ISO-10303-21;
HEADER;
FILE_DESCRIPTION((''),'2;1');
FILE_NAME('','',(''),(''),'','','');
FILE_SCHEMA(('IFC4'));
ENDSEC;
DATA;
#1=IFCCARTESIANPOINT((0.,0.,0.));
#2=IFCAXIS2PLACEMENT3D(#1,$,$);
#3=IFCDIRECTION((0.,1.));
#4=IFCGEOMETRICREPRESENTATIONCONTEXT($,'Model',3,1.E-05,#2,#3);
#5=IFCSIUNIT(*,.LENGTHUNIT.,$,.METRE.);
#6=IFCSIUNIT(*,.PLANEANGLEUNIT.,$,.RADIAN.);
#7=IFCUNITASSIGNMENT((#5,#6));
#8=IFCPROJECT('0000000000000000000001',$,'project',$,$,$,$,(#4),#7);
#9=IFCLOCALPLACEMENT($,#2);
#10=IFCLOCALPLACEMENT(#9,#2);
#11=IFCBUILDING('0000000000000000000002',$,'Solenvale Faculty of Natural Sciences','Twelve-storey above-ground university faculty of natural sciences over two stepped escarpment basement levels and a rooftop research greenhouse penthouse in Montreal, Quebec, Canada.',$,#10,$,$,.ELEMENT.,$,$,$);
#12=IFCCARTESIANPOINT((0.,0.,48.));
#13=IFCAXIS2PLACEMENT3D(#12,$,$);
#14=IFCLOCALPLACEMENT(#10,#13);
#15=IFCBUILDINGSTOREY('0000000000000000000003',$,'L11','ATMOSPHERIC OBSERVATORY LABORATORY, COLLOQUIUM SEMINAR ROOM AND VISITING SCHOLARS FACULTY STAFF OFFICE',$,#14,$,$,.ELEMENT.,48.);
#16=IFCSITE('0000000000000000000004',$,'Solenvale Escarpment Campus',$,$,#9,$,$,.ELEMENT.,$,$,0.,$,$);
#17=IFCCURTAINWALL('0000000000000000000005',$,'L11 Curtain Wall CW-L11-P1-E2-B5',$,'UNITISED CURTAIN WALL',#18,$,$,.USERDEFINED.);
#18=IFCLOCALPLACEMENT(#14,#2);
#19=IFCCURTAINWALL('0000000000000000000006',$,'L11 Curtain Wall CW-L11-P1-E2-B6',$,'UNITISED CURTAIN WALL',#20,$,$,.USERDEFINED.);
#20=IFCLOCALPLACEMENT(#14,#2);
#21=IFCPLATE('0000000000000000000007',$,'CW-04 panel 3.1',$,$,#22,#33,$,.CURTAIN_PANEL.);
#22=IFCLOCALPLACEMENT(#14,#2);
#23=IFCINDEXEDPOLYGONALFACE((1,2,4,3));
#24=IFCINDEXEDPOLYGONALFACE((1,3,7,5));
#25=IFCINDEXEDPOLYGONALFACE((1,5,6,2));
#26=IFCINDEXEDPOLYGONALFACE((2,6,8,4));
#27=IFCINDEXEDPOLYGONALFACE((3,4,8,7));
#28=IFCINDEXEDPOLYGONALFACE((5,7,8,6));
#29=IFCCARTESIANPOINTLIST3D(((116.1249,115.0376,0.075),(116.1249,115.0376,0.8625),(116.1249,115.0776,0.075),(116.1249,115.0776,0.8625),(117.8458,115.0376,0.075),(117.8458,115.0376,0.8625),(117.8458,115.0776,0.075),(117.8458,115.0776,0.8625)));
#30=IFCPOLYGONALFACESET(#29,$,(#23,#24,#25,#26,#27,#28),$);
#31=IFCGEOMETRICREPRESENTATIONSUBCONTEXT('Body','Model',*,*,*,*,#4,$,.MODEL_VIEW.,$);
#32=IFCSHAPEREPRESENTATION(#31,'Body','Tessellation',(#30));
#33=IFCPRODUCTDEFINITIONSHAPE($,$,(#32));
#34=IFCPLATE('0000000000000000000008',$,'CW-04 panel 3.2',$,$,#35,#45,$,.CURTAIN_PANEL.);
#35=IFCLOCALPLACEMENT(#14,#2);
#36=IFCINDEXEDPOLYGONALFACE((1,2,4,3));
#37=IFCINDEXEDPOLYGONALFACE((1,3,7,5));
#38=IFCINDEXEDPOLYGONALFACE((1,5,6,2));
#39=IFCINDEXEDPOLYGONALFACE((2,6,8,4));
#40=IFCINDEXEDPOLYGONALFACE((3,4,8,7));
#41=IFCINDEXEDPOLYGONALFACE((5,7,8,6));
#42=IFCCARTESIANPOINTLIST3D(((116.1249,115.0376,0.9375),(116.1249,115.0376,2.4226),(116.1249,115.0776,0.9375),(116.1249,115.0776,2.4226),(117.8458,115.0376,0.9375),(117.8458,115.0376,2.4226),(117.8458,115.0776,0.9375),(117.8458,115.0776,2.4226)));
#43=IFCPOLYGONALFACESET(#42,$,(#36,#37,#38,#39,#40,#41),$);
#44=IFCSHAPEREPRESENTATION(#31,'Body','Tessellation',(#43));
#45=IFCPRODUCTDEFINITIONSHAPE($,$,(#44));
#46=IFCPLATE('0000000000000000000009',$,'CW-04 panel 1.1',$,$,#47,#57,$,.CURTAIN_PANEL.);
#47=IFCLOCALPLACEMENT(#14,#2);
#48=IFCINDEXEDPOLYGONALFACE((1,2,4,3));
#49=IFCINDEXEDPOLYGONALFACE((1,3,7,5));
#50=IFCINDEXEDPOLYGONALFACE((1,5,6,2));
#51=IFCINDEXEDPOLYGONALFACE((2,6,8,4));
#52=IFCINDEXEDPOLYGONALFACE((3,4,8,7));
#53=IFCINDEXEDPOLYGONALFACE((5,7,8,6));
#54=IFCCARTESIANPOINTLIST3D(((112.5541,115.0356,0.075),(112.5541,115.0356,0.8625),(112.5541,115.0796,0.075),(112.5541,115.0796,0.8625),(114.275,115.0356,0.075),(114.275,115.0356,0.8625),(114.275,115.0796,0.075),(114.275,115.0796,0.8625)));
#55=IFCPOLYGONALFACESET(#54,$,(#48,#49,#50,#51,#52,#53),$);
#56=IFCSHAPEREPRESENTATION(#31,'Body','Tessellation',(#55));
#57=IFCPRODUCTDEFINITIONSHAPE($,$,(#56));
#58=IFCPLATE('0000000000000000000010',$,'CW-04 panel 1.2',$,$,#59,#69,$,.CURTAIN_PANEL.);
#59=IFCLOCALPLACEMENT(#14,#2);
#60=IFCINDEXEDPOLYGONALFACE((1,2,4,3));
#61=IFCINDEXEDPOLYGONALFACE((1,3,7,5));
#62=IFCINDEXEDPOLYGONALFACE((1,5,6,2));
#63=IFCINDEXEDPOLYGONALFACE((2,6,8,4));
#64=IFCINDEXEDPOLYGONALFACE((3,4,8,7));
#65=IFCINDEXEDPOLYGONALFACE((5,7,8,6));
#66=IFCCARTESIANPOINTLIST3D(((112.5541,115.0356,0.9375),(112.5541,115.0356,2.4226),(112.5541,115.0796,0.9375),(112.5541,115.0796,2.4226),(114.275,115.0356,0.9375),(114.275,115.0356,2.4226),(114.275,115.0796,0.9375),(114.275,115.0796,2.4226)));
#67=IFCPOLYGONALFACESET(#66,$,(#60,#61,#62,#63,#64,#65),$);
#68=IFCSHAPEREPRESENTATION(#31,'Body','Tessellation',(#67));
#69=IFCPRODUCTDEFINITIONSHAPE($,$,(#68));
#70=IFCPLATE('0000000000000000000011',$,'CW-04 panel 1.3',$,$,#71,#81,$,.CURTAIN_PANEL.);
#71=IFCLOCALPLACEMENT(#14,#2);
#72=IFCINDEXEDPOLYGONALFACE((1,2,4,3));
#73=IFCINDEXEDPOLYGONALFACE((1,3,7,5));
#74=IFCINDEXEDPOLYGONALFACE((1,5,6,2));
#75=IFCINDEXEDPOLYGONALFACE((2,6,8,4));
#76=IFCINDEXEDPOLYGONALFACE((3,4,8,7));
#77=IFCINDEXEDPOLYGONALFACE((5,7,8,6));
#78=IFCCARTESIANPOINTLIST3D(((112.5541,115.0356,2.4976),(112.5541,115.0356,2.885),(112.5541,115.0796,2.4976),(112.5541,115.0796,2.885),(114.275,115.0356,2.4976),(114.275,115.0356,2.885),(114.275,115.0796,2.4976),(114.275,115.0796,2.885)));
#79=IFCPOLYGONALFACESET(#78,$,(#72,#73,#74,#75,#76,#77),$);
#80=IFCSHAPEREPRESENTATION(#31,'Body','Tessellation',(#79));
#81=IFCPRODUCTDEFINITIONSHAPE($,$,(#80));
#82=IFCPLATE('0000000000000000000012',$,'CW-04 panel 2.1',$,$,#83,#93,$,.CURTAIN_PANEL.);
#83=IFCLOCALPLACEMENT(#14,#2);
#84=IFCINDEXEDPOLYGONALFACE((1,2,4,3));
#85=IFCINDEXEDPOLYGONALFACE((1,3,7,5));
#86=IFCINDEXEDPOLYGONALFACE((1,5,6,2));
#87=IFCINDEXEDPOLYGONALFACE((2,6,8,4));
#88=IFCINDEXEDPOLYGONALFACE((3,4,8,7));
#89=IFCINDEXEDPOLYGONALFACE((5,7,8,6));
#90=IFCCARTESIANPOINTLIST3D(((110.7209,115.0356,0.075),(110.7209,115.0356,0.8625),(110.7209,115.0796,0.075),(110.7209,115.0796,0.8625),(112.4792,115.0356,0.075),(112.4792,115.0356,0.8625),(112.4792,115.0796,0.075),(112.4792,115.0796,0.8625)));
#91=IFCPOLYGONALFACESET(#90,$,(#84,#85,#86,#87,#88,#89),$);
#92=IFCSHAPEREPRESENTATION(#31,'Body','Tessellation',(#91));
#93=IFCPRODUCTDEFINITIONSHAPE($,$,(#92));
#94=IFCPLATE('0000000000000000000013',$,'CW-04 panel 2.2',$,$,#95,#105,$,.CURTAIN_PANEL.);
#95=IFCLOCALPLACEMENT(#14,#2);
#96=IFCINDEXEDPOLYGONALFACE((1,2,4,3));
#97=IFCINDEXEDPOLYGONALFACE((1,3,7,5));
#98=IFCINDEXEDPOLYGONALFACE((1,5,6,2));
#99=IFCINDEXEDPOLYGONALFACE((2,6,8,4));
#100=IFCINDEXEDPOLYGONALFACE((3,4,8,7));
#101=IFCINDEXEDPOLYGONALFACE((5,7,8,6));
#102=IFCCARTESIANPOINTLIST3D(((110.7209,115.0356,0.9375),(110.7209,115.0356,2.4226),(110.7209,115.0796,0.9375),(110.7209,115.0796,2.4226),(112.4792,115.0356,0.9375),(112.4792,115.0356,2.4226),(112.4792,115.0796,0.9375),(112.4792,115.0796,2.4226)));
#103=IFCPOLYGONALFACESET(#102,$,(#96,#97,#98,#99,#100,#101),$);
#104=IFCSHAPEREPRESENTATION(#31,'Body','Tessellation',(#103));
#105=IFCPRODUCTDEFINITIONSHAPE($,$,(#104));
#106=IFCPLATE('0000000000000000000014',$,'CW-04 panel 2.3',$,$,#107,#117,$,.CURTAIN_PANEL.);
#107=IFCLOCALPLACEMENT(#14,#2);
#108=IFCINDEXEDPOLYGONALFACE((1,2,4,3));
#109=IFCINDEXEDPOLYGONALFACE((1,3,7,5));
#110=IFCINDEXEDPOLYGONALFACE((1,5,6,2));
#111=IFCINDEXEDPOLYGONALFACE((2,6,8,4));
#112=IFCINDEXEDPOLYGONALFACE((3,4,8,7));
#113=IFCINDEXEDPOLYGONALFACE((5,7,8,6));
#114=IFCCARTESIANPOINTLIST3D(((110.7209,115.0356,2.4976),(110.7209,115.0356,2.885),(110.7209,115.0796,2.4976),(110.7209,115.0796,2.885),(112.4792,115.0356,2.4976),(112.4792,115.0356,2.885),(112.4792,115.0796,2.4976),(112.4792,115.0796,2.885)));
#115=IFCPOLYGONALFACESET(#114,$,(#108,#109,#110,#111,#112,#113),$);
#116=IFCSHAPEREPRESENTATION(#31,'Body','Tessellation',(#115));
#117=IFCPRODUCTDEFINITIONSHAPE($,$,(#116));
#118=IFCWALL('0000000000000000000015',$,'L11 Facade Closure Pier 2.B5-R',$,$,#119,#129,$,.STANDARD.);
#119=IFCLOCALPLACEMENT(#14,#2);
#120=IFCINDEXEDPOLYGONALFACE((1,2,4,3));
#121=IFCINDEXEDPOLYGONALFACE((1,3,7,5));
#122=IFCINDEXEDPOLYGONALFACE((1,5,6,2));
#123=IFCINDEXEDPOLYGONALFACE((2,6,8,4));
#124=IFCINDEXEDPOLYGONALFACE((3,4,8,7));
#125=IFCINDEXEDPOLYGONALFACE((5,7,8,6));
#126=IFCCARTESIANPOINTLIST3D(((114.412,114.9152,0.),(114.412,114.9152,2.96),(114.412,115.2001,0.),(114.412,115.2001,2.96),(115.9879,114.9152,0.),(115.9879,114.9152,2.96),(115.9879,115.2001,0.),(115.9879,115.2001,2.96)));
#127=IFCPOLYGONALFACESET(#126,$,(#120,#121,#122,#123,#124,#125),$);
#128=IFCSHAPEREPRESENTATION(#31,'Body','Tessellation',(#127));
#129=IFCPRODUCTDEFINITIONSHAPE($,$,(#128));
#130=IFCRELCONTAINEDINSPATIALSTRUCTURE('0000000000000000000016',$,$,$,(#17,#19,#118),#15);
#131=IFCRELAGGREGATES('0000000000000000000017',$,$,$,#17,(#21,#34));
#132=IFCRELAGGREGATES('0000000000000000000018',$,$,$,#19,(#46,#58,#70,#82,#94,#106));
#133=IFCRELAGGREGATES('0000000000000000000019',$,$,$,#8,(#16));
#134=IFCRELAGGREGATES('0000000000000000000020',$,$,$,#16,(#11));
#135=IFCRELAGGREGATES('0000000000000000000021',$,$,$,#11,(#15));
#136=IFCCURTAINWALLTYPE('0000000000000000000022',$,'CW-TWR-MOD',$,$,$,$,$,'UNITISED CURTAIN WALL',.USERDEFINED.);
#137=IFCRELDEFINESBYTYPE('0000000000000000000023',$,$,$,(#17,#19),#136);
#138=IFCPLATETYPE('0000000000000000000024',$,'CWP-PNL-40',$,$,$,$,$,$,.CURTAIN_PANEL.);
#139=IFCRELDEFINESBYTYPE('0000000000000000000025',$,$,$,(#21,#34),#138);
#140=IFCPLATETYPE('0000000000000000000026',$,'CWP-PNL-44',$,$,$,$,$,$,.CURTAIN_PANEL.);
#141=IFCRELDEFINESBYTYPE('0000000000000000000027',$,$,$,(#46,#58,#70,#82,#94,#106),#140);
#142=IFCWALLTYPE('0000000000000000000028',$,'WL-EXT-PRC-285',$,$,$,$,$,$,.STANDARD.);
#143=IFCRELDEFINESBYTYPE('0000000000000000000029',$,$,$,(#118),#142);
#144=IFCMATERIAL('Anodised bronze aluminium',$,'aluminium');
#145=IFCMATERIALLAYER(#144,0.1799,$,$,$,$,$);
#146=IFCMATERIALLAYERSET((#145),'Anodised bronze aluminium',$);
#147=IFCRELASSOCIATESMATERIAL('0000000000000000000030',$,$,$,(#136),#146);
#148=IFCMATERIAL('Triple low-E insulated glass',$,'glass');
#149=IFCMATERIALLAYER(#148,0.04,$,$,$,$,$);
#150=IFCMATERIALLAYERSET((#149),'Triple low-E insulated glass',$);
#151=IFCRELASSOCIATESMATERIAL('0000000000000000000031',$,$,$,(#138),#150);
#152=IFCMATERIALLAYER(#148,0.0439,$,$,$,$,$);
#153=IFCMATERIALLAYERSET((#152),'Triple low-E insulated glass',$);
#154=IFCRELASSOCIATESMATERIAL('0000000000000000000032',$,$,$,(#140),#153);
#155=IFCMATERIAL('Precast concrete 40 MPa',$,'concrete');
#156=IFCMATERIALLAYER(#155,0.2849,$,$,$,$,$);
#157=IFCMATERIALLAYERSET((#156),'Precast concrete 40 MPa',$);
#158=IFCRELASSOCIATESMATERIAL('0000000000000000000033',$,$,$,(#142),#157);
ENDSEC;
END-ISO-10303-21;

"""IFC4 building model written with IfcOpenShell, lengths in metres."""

from ifc_helpers import new_model, si_unit, direction, frame, frame_2d, origin, origin_2d, place, context, subcontext, project, spatial, rectangle, extrude, material, layer, layer_set, type_object, element, aggregate, save


model = new_model("IFC4")

# Units and contexts
model_context = context("Model", 3, precision=1e-05, world=origin(), true_north=direction((0.0, 1.0)))
body_context = subcontext(model_context, "Body", "Model", "MODEL_VIEW")
ifc_project = project(units=[si_unit("LENGTHUNIT", "METRE"), si_unit("PLANEANGLEUNIT", "RADIAN")], contexts=[model_context])

# Site, building, storey
site_placement = place(None, origin())
site = spatial("IfcSite", under=ifc_project, at=site_placement, Name="Solenvale Escarpment Campus", CompositionType="ELEMENT", RefElevation=0.0)
building_placement = place(site_placement, origin())
building = spatial("IfcBuilding", under=site, at=building_placement, Name="Solenvale Faculty of Natural Sciences", Description="Twelve-storey above-ground university faculty of natural sciences over two stepped escarpment basement levels and a rooftop research greenhouse penthouse in Montreal, Quebec, Canada.", CompositionType="ELEMENT")
storey_placement = place(building_placement, frame((0.0, 0.0, 48.0)))
storey = spatial("IfcBuildingStorey", under=building, at=storey_placement, Name="L11", Description="ATMOSPHERIC OBSERVATORY LABORATORY, COLLOQUIUM SEMINAR ROOM AND VISITING SCHOLARS FACULTY STAFF OFFICE", CompositionType="ELEMENT", Elevation=48.0)

# Shared definitions
ifc_material_1 = material(Name="Precast concrete 40 MPa", Category="concrete")

# Curtain wall
ifc_material_2 = material(Name="Anodised bronze aluminium", Category="aluminium")
ifc_layer_1 = layer(ifc_material_2, 0.1799)
ifc_layer_set_1 = layer_set([ifc_layer_1], Name="Anodised bronze aluminium")
curtain_wall_type = type_object("IfcCurtainWallType", Name="CW-TWR-MOD", ElementType="UNITISED CURTAIN WALL", PredefinedType="USERDEFINED", material=ifc_layer_set_1)
curtain_wall_1_placement = place(storey_placement, origin())
curtain_wall_1 = element("IfcCurtainWall", 1, at=curtain_wall_1_placement, inside=storey, type_object=curtain_wall_type, Name="L11 Curtain Wall CW-L11-P1-E2-B5", ObjectType="UNITISED CURTAIN WALL", PredefinedType="USERDEFINED")

# Curtain wall
curtain_wall_2_placement = place(storey_placement, origin())
curtain_wall_2 = element("IfcCurtainWall", 2, at=curtain_wall_2_placement, inside=storey, type_object=curtain_wall_type, Name="L11 Curtain Wall CW-L11-P1-E2-B6", ObjectType="UNITISED CURTAIN WALL", PredefinedType="USERDEFINED")

# Plates
ifc_material_3 = material(Name="Triple low-E insulated glass", Category="glass")
ifc_layer_2 = layer(ifc_material_3, 0.04)
ifc_layer_set_2 = layer_set([ifc_layer_2], Name="Triple low-E insulated glass")
plate_type_1 = type_object("IfcPlateType", Name="CWP-PNL-40", PredefinedType="CURTAIN_PANEL", material=ifc_layer_set_2)
plate_1_placement = place(storey_placement, frame((116.9854, 115.0576, 0.075), z_axis=(0.0, 0.0, 1.0), x_axis=(-1.0, 0.0, 0.0)))
plate_1 = element("IfcPlate", 3, at=plate_1_placement, type_object=plate_type_1, Name="CW-04 panel 3.1", PredefinedType="CURTAIN_PANEL", context=body_context, shape_type="SweptSolid", body=[
    extrude(rectangle(XDim=1.7209, YDim=0.04, at=origin_2d()), origin(), (0.0, 0.0, 1.0), 0.7876),
])
plate_2_placement = place(storey_placement, frame((116.9854, 115.0576, 0.9375), z_axis=(0.0, 0.0, 1.0), x_axis=(-1.0, 0.0, 0.0)))
plate_2 = element("IfcPlate", 4, at=plate_2_placement, type_object=plate_type_1, Name="CW-04 panel 3.2", PredefinedType="CURTAIN_PANEL", context=body_context, shape_type="SweptSolid", body=[
    extrude(rectangle(XDim=1.7209, YDim=0.04, at=origin_2d()), origin(), (0.0, 0.0, 1.0), 1.4851),
])
aggregate(curtain_wall_1, [plate_1, plate_2])
ifc_layer_3 = layer(ifc_material_3, 0.0439)
ifc_layer_set_3 = layer_set([ifc_layer_3], Name="Triple low-E insulated glass")
plate_type_2 = type_object("IfcPlateType", Name="CWP-PNL-44", PredefinedType="CURTAIN_PANEL", material=ifc_layer_set_3)
plate_3_placement = place(storey_placement, frame((113.4146, 115.0576, 0.075), z_axis=(0.0, 0.0, 1.0), x_axis=(-1.0, 0.0, 0.0)))
plate_3 = element("IfcPlate", 5, at=plate_3_placement, type_object=plate_type_2, Name="CW-04 panel 1.1", PredefinedType="CURTAIN_PANEL", context=body_context, shape_type="SweptSolid", body=[
    extrude(rectangle(XDim=1.7209, YDim=0.0439, at=origin_2d()), origin(), (0.0, 0.0, 1.0), 0.7876),
])
plate_4_placement = place(storey_placement, frame((113.4146, 115.0576, 0.9375), z_axis=(0.0, 0.0, 1.0), x_axis=(-1.0, 0.0, 0.0)))
plate_4 = element("IfcPlate", 6, at=plate_4_placement, type_object=plate_type_2, Name="CW-04 panel 1.2", PredefinedType="CURTAIN_PANEL", context=body_context, shape_type="SweptSolid", body=[
    extrude(rectangle(XDim=1.7209, YDim=0.0439, at=origin_2d()), origin(), (0.0, 0.0, 1.0), 1.4851),
])
plate_5_placement = place(storey_placement, frame((113.4146, 115.0576, 2.4976), z_axis=(0.0, 0.0, 1.0), x_axis=(-1.0, 0.0, 0.0)))
plate_5 = element("IfcPlate", 7, at=plate_5_placement, type_object=plate_type_2, Name="CW-04 panel 1.3", PredefinedType="CURTAIN_PANEL", context=body_context, shape_type="SweptSolid", body=[
    extrude(rectangle(XDim=1.7209, YDim=0.0439, at=origin_2d()), origin(), (0.0, 0.0, 1.0), 0.3875),
])
plate_6_placement = place(storey_placement, frame((111.6001, 115.0576, 0.075), z_axis=(0.0, 0.0, 1.0), x_axis=(-1.0, 0.0, 0.0)))
plate_6 = element("IfcPlate", 8, at=plate_6_placement, type_object=plate_type_2, Name="CW-04 panel 2.1", PredefinedType="CURTAIN_PANEL", context=body_context, shape_type="SweptSolid", body=[
    extrude(rectangle(XDim=1.7583, YDim=0.0439, at=origin_2d()), origin(), (0.0, 0.0, 1.0), 0.7876),
])
plate_7_placement = place(storey_placement, frame((111.6001, 115.0576, 0.9375), z_axis=(0.0, 0.0, 1.0), x_axis=(-1.0, 0.0, 0.0)))
plate_7 = element("IfcPlate", 9, at=plate_7_placement, type_object=plate_type_2, Name="CW-04 panel 2.2", PredefinedType="CURTAIN_PANEL", context=body_context, shape_type="SweptSolid", body=[
    extrude(rectangle(XDim=1.7583, YDim=0.0439, at=origin_2d()), origin(), (0.0, 0.0, 1.0), 1.4851),
])
plate_8_placement = place(storey_placement, frame((111.6001, 115.0576, 2.4976), z_axis=(0.0, 0.0, 1.0), x_axis=(-1.0, 0.0, 0.0)))
plate_8 = element("IfcPlate", 10, at=plate_8_placement, type_object=plate_type_2, Name="CW-04 panel 2.3", PredefinedType="CURTAIN_PANEL", context=body_context, shape_type="SweptSolid", body=[
    extrude(rectangle(XDim=1.7583, YDim=0.0439, at=origin_2d()), origin(), (0.0, 0.0, 1.0), 0.3875),
])
aggregate(curtain_wall_2, [plate_3, plate_4, plate_5, plate_6, plate_7, plate_8])

# Wall
ifc_layer_4 = layer(ifc_material_1, 0.2849)
ifc_layer_set_4 = layer_set([ifc_layer_4], Name="Precast concrete 40 MPa")
wall_type = type_object("IfcWallType", Name="WL-EXT-PRC-285", PredefinedType="STANDARD", material=ifc_layer_set_4)
wall_placement = place(storey_placement, frame((115.988, 115.0576, 0.0), z_axis=(0.0, 0.0, 1.0), x_axis=(-1.0, 0.0, 0.0)))
element("IfcWall", 11, at=wall_placement, inside=storey, type_object=wall_type, Name="L11 Facade Closure Pier 2.B5-R", PredefinedType="STANDARD", context=body_context, shape_type="SweptSolid", body=[
    extrude(rectangle(XDim=1.5759, YDim=0.2849, at=frame_2d((0.7881, 0.0))), origin(), (0.0, 0.0, 1.0), 2.96),
])

save(model, "model.ifc")
